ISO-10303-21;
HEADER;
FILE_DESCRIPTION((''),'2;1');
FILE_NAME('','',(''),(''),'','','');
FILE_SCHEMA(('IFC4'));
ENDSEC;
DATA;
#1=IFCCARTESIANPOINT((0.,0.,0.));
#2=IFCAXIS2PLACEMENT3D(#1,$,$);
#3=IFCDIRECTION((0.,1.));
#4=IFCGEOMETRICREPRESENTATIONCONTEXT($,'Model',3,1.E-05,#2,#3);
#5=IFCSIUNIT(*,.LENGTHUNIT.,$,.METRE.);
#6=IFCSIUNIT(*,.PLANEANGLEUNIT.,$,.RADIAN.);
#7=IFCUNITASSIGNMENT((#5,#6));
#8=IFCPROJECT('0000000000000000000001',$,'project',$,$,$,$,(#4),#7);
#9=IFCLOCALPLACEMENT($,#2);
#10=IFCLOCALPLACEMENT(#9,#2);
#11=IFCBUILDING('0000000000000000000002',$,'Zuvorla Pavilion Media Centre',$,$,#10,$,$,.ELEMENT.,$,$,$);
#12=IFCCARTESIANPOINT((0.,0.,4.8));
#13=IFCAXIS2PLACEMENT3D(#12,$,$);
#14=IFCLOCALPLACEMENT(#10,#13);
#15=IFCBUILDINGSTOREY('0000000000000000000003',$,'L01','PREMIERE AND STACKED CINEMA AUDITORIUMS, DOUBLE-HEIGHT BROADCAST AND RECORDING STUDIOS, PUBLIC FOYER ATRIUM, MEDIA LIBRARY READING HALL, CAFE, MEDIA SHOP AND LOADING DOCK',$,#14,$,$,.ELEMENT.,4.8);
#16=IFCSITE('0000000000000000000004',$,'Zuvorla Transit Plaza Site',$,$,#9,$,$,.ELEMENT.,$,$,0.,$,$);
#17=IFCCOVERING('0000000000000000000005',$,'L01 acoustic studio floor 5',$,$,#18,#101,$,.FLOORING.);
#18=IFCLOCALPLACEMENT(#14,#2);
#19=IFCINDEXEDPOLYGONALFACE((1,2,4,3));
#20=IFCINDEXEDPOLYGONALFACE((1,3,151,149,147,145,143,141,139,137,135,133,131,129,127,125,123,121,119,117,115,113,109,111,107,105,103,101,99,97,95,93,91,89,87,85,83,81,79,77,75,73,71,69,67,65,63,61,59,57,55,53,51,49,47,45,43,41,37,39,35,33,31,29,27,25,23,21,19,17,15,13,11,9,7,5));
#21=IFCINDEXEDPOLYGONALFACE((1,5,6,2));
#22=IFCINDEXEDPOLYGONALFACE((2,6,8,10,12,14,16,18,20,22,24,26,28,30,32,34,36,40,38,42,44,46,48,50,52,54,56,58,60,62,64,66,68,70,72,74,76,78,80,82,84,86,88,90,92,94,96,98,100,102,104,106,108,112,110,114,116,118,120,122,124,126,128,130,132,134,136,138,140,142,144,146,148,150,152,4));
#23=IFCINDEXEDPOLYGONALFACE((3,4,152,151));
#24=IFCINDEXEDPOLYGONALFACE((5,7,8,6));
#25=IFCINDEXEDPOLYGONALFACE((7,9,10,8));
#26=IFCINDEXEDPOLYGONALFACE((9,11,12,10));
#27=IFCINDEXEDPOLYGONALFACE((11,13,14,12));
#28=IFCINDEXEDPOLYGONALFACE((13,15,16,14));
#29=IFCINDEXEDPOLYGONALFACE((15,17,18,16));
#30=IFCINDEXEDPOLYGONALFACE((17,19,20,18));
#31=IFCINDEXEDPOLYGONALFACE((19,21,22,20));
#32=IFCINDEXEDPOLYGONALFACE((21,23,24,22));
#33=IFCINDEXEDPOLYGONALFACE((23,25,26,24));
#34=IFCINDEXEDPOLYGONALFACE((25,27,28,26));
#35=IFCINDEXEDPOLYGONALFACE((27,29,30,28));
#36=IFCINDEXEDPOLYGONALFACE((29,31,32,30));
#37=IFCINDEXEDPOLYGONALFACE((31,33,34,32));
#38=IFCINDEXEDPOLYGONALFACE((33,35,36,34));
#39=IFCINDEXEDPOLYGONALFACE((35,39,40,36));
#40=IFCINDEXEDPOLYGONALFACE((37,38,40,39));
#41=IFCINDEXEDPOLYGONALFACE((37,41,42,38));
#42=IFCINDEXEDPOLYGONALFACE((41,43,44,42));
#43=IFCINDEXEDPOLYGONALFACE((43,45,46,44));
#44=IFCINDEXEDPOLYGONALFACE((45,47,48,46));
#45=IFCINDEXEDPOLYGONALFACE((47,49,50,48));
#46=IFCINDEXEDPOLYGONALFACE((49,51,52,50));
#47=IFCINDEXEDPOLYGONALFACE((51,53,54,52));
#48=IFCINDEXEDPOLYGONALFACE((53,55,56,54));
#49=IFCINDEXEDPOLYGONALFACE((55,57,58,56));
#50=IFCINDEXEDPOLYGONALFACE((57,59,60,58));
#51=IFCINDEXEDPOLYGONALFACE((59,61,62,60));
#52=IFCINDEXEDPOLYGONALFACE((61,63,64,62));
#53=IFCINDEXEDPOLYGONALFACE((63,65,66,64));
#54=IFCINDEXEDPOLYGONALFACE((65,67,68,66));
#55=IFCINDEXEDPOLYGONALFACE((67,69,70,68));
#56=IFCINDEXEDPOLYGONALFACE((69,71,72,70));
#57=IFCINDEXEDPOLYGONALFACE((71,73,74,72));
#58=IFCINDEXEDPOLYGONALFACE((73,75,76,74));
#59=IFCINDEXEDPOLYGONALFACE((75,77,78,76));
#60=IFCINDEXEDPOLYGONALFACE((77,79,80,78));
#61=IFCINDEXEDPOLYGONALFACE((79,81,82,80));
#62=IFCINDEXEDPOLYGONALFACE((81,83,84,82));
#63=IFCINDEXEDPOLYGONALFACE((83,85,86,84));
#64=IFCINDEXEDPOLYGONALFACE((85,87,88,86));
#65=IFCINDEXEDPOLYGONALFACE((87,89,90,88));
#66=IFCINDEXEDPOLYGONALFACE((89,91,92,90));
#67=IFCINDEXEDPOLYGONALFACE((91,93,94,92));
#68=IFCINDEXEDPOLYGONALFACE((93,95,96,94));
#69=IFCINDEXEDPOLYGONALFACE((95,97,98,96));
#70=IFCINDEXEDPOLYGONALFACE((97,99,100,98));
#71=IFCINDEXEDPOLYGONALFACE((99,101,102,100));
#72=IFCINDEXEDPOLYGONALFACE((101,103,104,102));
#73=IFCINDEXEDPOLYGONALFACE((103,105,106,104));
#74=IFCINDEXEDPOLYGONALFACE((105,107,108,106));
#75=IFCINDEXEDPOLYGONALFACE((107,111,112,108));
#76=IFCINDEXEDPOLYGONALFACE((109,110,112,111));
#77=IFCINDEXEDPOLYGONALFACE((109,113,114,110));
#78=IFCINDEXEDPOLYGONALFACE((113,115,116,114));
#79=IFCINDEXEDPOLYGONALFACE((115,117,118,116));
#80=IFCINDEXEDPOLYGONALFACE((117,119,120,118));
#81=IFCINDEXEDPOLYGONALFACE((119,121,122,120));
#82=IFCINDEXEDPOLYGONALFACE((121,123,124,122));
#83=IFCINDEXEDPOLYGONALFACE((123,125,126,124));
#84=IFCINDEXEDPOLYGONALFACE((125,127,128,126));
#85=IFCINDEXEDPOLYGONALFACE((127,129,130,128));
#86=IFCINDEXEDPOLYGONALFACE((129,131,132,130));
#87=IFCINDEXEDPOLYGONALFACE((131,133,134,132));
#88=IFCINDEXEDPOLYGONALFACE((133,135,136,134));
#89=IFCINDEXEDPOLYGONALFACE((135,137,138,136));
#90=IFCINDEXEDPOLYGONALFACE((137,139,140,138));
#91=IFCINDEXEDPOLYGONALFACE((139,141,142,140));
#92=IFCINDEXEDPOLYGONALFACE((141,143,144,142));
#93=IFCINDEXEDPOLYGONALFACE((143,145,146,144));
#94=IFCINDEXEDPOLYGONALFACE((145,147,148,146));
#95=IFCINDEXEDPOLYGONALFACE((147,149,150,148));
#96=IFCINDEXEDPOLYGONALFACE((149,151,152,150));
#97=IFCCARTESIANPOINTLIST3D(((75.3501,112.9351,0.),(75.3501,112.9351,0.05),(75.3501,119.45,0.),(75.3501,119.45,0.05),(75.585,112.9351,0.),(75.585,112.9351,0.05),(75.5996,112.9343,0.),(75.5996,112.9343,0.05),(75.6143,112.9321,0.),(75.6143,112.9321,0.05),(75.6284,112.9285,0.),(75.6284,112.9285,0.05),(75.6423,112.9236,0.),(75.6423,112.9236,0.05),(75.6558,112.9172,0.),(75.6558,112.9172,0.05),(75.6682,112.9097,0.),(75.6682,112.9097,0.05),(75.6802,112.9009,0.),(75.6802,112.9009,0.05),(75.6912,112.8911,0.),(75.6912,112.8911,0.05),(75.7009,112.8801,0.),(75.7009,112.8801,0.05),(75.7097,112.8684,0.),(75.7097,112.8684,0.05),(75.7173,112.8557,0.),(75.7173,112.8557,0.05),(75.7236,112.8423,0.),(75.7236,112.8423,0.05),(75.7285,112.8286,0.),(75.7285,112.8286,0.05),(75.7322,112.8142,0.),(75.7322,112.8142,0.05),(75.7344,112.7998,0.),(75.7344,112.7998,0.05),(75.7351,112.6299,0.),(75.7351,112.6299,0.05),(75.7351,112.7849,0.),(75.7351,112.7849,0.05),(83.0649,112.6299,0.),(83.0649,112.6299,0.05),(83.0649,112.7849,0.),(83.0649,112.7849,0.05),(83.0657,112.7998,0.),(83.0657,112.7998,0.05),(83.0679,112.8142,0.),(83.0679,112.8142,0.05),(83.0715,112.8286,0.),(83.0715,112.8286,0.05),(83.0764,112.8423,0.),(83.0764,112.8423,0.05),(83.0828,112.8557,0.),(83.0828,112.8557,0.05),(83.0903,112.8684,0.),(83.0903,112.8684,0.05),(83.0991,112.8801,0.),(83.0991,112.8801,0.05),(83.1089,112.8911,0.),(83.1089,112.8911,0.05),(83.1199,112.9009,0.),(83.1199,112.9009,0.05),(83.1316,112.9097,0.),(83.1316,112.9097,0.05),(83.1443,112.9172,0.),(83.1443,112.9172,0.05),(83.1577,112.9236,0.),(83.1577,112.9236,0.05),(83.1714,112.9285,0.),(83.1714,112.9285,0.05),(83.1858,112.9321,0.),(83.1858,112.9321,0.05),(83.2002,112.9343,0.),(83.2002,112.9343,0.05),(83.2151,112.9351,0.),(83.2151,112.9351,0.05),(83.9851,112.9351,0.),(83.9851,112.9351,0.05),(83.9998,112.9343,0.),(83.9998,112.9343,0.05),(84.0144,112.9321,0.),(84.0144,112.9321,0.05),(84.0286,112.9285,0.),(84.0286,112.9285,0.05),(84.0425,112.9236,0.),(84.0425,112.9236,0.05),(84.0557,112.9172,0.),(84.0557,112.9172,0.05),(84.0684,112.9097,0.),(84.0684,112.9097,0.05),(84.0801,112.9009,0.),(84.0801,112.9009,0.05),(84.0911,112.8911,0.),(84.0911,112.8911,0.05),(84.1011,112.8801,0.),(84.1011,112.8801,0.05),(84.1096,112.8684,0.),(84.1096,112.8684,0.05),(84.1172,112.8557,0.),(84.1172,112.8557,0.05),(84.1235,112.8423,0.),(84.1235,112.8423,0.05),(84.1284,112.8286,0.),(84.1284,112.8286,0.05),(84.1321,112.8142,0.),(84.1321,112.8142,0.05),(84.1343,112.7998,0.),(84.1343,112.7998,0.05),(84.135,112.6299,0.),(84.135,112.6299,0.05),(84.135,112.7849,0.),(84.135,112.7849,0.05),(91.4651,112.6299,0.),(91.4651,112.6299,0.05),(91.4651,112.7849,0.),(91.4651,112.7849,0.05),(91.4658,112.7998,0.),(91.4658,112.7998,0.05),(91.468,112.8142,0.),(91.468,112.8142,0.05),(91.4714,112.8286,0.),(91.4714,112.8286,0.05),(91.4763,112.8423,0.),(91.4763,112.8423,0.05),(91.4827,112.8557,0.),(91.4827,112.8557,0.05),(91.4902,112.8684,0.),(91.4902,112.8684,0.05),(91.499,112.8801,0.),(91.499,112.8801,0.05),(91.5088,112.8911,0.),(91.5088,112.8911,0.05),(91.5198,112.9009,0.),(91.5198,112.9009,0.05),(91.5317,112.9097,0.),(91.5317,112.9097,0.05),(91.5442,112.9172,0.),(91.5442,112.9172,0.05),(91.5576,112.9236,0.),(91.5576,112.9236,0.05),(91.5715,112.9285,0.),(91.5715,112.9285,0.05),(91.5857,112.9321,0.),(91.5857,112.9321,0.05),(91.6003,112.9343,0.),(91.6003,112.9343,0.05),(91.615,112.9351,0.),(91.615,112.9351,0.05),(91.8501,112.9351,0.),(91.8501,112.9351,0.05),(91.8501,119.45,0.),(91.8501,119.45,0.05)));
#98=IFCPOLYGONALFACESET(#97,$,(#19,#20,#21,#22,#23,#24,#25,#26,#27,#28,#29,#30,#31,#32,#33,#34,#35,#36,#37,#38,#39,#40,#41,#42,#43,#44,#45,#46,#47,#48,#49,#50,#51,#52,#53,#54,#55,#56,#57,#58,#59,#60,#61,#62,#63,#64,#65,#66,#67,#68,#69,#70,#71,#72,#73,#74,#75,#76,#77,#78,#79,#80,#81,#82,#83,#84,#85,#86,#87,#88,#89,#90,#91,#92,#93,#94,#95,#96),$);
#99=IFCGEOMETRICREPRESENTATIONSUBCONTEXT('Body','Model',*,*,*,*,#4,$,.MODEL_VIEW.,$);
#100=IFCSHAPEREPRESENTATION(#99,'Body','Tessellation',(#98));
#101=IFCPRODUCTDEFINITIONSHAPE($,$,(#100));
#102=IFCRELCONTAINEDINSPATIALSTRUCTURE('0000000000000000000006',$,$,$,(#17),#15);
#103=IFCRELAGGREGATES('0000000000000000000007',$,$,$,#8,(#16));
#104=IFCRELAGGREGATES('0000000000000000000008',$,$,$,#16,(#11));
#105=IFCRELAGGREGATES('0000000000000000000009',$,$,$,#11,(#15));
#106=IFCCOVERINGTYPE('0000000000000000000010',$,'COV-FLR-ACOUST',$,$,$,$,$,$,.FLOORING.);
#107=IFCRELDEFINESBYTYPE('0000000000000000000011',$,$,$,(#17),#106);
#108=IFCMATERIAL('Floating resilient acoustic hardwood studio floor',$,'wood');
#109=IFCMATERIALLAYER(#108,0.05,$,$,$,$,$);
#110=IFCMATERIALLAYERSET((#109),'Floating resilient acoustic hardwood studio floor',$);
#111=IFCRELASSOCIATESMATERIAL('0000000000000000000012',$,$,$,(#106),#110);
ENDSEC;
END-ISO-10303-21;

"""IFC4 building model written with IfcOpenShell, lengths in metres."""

from ifc_helpers import new_model, si_unit, direction, frame, origin, place, context, subcontext, project, spatial, polyline, outline, extrude, material, layer, layer_set, type_object, element, save


model = new_model("IFC4")

# Units and contexts
model_context = context("Model", 3, precision=1e-05, world=origin(), true_north=direction((0.0, 1.0)))
body_context = subcontext(model_context, "Body", "Model", "MODEL_VIEW")
ifc_project = project(units=[si_unit("LENGTHUNIT", "METRE"), si_unit("PLANEANGLEUNIT", "RADIAN")], contexts=[model_context])

# Site, building, storey
site_placement = place(None, origin())
site = spatial("IfcSite", under=ifc_project, at=site_placement, Name="Zuvorla Transit Plaza Site", CompositionType="ELEMENT", RefElevation=0.0)
building_placement = place(site_placement, origin())
building = spatial("IfcBuilding", under=site, at=building_placement, Name="Zuvorla Pavilion Media Centre", CompositionType="ELEMENT")
storey_placement = place(building_placement, frame((0.0, 0.0, 4.8)))
storey = spatial("IfcBuildingStorey", under=building, at=storey_placement, Name="L01", Description="PREMIERE AND STACKED CINEMA AUDITORIUMS, DOUBLE-HEIGHT BROADCAST AND RECORDING STUDIOS, PUBLIC FOYER ATRIUM, MEDIA LIBRARY READING HALL, CAFE, MEDIA SHOP AND LOADING DOCK", CompositionType="ELEMENT", Elevation=4.8)

# Covering
ifc_material_1 = material(Name="Floating resilient acoustic hardwood studio floor", Category="wood")
ifc_layer_1 = layer(ifc_material_1, 0.05)
ifc_layer_set_1 = layer_set([ifc_layer_1], Name="Floating resilient acoustic hardwood studio floor")
covering_type_1 = type_object("IfcCoveringType", Name="COV-FLR-ACOUST", PredefinedType="FLOORING", material=ifc_layer_set_1)
covering_1_placement = place(storey_placement, origin())
element("IfcCovering", 1, at=covering_1_placement, inside=storey, type_object=covering_type_1, Name="L01 acoustic studio floor 5", PredefinedType="FLOORING", context=body_context, shape_type="SweptSolid", body=[
    extrude(outline(polyline([(91.8501, 112.9351), (91.615, 112.9351), (91.6003, 112.9343), (91.5857, 112.9321), (91.5715, 112.9285), (91.5576, 112.9236), (91.5442, 112.9172), (91.5317, 112.9097), (91.5198, 112.9009), (91.5088, 112.8911), (91.499, 112.8801), (91.4902, 112.8684), (91.4827, 112.8557), (91.4763, 112.8423), (91.4714, 112.8286), (91.468, 112.8142), (91.4658, 112.7998), (91.4651, 112.7849), (91.4651, 112.6299), (84.135, 112.6299), (84.135, 112.7849), (84.1343, 112.7998), (84.1321, 112.8142), (84.1284, 112.8286), (84.1235, 112.8423), (84.1172, 112.8557), (84.1096, 112.8684), (84.1011, 112.8801), (84.0911, 112.8911), (84.0801, 112.9009), (84.0684, 112.9097), (84.0557, 112.9172), (84.0425, 112.9236), (84.0286, 112.9285), (84.0144, 112.9321), (83.9998, 112.9343), (83.9851, 112.9351), (83.2151, 112.9351), (83.2002, 112.9343), (83.1858, 112.9321), (83.1714, 112.9285), (83.1577, 112.9236), (83.1443, 112.9172), (83.1316, 112.9097), (83.1199, 112.9009), (83.1089, 112.8911), (83.0991, 112.8801), (83.0903, 112.8684), (83.0828, 112.8557), (83.0764, 112.8423), (83.0715, 112.8286), (83.0679, 112.8142), (83.0657, 112.7998), (83.0649, 112.7849), (83.0649, 112.6299), (75.7351, 112.6299), (75.7351, 112.7849), (75.7344, 112.7998), (75.7322, 112.8142), (75.7285, 112.8286), (75.7236, 112.8423), (75.7173, 112.8557), (75.7097, 112.8684), (75.7009, 112.8801), (75.6912, 112.8911), (75.6802, 112.9009), (75.6682, 112.9097), (75.6558, 112.9172), (75.6423, 112.9236), (75.6284, 112.9285), (75.6143, 112.9321), (75.5996, 112.9343), (75.585, 112.9351), (75.3501, 112.9351), (75.3501, 119.45), (91.8501, 119.45), (91.8501, 112.9351)])), origin(), (0.0, 0.0, 1.0), 0.05),
])

save(model, "model.ifc")
